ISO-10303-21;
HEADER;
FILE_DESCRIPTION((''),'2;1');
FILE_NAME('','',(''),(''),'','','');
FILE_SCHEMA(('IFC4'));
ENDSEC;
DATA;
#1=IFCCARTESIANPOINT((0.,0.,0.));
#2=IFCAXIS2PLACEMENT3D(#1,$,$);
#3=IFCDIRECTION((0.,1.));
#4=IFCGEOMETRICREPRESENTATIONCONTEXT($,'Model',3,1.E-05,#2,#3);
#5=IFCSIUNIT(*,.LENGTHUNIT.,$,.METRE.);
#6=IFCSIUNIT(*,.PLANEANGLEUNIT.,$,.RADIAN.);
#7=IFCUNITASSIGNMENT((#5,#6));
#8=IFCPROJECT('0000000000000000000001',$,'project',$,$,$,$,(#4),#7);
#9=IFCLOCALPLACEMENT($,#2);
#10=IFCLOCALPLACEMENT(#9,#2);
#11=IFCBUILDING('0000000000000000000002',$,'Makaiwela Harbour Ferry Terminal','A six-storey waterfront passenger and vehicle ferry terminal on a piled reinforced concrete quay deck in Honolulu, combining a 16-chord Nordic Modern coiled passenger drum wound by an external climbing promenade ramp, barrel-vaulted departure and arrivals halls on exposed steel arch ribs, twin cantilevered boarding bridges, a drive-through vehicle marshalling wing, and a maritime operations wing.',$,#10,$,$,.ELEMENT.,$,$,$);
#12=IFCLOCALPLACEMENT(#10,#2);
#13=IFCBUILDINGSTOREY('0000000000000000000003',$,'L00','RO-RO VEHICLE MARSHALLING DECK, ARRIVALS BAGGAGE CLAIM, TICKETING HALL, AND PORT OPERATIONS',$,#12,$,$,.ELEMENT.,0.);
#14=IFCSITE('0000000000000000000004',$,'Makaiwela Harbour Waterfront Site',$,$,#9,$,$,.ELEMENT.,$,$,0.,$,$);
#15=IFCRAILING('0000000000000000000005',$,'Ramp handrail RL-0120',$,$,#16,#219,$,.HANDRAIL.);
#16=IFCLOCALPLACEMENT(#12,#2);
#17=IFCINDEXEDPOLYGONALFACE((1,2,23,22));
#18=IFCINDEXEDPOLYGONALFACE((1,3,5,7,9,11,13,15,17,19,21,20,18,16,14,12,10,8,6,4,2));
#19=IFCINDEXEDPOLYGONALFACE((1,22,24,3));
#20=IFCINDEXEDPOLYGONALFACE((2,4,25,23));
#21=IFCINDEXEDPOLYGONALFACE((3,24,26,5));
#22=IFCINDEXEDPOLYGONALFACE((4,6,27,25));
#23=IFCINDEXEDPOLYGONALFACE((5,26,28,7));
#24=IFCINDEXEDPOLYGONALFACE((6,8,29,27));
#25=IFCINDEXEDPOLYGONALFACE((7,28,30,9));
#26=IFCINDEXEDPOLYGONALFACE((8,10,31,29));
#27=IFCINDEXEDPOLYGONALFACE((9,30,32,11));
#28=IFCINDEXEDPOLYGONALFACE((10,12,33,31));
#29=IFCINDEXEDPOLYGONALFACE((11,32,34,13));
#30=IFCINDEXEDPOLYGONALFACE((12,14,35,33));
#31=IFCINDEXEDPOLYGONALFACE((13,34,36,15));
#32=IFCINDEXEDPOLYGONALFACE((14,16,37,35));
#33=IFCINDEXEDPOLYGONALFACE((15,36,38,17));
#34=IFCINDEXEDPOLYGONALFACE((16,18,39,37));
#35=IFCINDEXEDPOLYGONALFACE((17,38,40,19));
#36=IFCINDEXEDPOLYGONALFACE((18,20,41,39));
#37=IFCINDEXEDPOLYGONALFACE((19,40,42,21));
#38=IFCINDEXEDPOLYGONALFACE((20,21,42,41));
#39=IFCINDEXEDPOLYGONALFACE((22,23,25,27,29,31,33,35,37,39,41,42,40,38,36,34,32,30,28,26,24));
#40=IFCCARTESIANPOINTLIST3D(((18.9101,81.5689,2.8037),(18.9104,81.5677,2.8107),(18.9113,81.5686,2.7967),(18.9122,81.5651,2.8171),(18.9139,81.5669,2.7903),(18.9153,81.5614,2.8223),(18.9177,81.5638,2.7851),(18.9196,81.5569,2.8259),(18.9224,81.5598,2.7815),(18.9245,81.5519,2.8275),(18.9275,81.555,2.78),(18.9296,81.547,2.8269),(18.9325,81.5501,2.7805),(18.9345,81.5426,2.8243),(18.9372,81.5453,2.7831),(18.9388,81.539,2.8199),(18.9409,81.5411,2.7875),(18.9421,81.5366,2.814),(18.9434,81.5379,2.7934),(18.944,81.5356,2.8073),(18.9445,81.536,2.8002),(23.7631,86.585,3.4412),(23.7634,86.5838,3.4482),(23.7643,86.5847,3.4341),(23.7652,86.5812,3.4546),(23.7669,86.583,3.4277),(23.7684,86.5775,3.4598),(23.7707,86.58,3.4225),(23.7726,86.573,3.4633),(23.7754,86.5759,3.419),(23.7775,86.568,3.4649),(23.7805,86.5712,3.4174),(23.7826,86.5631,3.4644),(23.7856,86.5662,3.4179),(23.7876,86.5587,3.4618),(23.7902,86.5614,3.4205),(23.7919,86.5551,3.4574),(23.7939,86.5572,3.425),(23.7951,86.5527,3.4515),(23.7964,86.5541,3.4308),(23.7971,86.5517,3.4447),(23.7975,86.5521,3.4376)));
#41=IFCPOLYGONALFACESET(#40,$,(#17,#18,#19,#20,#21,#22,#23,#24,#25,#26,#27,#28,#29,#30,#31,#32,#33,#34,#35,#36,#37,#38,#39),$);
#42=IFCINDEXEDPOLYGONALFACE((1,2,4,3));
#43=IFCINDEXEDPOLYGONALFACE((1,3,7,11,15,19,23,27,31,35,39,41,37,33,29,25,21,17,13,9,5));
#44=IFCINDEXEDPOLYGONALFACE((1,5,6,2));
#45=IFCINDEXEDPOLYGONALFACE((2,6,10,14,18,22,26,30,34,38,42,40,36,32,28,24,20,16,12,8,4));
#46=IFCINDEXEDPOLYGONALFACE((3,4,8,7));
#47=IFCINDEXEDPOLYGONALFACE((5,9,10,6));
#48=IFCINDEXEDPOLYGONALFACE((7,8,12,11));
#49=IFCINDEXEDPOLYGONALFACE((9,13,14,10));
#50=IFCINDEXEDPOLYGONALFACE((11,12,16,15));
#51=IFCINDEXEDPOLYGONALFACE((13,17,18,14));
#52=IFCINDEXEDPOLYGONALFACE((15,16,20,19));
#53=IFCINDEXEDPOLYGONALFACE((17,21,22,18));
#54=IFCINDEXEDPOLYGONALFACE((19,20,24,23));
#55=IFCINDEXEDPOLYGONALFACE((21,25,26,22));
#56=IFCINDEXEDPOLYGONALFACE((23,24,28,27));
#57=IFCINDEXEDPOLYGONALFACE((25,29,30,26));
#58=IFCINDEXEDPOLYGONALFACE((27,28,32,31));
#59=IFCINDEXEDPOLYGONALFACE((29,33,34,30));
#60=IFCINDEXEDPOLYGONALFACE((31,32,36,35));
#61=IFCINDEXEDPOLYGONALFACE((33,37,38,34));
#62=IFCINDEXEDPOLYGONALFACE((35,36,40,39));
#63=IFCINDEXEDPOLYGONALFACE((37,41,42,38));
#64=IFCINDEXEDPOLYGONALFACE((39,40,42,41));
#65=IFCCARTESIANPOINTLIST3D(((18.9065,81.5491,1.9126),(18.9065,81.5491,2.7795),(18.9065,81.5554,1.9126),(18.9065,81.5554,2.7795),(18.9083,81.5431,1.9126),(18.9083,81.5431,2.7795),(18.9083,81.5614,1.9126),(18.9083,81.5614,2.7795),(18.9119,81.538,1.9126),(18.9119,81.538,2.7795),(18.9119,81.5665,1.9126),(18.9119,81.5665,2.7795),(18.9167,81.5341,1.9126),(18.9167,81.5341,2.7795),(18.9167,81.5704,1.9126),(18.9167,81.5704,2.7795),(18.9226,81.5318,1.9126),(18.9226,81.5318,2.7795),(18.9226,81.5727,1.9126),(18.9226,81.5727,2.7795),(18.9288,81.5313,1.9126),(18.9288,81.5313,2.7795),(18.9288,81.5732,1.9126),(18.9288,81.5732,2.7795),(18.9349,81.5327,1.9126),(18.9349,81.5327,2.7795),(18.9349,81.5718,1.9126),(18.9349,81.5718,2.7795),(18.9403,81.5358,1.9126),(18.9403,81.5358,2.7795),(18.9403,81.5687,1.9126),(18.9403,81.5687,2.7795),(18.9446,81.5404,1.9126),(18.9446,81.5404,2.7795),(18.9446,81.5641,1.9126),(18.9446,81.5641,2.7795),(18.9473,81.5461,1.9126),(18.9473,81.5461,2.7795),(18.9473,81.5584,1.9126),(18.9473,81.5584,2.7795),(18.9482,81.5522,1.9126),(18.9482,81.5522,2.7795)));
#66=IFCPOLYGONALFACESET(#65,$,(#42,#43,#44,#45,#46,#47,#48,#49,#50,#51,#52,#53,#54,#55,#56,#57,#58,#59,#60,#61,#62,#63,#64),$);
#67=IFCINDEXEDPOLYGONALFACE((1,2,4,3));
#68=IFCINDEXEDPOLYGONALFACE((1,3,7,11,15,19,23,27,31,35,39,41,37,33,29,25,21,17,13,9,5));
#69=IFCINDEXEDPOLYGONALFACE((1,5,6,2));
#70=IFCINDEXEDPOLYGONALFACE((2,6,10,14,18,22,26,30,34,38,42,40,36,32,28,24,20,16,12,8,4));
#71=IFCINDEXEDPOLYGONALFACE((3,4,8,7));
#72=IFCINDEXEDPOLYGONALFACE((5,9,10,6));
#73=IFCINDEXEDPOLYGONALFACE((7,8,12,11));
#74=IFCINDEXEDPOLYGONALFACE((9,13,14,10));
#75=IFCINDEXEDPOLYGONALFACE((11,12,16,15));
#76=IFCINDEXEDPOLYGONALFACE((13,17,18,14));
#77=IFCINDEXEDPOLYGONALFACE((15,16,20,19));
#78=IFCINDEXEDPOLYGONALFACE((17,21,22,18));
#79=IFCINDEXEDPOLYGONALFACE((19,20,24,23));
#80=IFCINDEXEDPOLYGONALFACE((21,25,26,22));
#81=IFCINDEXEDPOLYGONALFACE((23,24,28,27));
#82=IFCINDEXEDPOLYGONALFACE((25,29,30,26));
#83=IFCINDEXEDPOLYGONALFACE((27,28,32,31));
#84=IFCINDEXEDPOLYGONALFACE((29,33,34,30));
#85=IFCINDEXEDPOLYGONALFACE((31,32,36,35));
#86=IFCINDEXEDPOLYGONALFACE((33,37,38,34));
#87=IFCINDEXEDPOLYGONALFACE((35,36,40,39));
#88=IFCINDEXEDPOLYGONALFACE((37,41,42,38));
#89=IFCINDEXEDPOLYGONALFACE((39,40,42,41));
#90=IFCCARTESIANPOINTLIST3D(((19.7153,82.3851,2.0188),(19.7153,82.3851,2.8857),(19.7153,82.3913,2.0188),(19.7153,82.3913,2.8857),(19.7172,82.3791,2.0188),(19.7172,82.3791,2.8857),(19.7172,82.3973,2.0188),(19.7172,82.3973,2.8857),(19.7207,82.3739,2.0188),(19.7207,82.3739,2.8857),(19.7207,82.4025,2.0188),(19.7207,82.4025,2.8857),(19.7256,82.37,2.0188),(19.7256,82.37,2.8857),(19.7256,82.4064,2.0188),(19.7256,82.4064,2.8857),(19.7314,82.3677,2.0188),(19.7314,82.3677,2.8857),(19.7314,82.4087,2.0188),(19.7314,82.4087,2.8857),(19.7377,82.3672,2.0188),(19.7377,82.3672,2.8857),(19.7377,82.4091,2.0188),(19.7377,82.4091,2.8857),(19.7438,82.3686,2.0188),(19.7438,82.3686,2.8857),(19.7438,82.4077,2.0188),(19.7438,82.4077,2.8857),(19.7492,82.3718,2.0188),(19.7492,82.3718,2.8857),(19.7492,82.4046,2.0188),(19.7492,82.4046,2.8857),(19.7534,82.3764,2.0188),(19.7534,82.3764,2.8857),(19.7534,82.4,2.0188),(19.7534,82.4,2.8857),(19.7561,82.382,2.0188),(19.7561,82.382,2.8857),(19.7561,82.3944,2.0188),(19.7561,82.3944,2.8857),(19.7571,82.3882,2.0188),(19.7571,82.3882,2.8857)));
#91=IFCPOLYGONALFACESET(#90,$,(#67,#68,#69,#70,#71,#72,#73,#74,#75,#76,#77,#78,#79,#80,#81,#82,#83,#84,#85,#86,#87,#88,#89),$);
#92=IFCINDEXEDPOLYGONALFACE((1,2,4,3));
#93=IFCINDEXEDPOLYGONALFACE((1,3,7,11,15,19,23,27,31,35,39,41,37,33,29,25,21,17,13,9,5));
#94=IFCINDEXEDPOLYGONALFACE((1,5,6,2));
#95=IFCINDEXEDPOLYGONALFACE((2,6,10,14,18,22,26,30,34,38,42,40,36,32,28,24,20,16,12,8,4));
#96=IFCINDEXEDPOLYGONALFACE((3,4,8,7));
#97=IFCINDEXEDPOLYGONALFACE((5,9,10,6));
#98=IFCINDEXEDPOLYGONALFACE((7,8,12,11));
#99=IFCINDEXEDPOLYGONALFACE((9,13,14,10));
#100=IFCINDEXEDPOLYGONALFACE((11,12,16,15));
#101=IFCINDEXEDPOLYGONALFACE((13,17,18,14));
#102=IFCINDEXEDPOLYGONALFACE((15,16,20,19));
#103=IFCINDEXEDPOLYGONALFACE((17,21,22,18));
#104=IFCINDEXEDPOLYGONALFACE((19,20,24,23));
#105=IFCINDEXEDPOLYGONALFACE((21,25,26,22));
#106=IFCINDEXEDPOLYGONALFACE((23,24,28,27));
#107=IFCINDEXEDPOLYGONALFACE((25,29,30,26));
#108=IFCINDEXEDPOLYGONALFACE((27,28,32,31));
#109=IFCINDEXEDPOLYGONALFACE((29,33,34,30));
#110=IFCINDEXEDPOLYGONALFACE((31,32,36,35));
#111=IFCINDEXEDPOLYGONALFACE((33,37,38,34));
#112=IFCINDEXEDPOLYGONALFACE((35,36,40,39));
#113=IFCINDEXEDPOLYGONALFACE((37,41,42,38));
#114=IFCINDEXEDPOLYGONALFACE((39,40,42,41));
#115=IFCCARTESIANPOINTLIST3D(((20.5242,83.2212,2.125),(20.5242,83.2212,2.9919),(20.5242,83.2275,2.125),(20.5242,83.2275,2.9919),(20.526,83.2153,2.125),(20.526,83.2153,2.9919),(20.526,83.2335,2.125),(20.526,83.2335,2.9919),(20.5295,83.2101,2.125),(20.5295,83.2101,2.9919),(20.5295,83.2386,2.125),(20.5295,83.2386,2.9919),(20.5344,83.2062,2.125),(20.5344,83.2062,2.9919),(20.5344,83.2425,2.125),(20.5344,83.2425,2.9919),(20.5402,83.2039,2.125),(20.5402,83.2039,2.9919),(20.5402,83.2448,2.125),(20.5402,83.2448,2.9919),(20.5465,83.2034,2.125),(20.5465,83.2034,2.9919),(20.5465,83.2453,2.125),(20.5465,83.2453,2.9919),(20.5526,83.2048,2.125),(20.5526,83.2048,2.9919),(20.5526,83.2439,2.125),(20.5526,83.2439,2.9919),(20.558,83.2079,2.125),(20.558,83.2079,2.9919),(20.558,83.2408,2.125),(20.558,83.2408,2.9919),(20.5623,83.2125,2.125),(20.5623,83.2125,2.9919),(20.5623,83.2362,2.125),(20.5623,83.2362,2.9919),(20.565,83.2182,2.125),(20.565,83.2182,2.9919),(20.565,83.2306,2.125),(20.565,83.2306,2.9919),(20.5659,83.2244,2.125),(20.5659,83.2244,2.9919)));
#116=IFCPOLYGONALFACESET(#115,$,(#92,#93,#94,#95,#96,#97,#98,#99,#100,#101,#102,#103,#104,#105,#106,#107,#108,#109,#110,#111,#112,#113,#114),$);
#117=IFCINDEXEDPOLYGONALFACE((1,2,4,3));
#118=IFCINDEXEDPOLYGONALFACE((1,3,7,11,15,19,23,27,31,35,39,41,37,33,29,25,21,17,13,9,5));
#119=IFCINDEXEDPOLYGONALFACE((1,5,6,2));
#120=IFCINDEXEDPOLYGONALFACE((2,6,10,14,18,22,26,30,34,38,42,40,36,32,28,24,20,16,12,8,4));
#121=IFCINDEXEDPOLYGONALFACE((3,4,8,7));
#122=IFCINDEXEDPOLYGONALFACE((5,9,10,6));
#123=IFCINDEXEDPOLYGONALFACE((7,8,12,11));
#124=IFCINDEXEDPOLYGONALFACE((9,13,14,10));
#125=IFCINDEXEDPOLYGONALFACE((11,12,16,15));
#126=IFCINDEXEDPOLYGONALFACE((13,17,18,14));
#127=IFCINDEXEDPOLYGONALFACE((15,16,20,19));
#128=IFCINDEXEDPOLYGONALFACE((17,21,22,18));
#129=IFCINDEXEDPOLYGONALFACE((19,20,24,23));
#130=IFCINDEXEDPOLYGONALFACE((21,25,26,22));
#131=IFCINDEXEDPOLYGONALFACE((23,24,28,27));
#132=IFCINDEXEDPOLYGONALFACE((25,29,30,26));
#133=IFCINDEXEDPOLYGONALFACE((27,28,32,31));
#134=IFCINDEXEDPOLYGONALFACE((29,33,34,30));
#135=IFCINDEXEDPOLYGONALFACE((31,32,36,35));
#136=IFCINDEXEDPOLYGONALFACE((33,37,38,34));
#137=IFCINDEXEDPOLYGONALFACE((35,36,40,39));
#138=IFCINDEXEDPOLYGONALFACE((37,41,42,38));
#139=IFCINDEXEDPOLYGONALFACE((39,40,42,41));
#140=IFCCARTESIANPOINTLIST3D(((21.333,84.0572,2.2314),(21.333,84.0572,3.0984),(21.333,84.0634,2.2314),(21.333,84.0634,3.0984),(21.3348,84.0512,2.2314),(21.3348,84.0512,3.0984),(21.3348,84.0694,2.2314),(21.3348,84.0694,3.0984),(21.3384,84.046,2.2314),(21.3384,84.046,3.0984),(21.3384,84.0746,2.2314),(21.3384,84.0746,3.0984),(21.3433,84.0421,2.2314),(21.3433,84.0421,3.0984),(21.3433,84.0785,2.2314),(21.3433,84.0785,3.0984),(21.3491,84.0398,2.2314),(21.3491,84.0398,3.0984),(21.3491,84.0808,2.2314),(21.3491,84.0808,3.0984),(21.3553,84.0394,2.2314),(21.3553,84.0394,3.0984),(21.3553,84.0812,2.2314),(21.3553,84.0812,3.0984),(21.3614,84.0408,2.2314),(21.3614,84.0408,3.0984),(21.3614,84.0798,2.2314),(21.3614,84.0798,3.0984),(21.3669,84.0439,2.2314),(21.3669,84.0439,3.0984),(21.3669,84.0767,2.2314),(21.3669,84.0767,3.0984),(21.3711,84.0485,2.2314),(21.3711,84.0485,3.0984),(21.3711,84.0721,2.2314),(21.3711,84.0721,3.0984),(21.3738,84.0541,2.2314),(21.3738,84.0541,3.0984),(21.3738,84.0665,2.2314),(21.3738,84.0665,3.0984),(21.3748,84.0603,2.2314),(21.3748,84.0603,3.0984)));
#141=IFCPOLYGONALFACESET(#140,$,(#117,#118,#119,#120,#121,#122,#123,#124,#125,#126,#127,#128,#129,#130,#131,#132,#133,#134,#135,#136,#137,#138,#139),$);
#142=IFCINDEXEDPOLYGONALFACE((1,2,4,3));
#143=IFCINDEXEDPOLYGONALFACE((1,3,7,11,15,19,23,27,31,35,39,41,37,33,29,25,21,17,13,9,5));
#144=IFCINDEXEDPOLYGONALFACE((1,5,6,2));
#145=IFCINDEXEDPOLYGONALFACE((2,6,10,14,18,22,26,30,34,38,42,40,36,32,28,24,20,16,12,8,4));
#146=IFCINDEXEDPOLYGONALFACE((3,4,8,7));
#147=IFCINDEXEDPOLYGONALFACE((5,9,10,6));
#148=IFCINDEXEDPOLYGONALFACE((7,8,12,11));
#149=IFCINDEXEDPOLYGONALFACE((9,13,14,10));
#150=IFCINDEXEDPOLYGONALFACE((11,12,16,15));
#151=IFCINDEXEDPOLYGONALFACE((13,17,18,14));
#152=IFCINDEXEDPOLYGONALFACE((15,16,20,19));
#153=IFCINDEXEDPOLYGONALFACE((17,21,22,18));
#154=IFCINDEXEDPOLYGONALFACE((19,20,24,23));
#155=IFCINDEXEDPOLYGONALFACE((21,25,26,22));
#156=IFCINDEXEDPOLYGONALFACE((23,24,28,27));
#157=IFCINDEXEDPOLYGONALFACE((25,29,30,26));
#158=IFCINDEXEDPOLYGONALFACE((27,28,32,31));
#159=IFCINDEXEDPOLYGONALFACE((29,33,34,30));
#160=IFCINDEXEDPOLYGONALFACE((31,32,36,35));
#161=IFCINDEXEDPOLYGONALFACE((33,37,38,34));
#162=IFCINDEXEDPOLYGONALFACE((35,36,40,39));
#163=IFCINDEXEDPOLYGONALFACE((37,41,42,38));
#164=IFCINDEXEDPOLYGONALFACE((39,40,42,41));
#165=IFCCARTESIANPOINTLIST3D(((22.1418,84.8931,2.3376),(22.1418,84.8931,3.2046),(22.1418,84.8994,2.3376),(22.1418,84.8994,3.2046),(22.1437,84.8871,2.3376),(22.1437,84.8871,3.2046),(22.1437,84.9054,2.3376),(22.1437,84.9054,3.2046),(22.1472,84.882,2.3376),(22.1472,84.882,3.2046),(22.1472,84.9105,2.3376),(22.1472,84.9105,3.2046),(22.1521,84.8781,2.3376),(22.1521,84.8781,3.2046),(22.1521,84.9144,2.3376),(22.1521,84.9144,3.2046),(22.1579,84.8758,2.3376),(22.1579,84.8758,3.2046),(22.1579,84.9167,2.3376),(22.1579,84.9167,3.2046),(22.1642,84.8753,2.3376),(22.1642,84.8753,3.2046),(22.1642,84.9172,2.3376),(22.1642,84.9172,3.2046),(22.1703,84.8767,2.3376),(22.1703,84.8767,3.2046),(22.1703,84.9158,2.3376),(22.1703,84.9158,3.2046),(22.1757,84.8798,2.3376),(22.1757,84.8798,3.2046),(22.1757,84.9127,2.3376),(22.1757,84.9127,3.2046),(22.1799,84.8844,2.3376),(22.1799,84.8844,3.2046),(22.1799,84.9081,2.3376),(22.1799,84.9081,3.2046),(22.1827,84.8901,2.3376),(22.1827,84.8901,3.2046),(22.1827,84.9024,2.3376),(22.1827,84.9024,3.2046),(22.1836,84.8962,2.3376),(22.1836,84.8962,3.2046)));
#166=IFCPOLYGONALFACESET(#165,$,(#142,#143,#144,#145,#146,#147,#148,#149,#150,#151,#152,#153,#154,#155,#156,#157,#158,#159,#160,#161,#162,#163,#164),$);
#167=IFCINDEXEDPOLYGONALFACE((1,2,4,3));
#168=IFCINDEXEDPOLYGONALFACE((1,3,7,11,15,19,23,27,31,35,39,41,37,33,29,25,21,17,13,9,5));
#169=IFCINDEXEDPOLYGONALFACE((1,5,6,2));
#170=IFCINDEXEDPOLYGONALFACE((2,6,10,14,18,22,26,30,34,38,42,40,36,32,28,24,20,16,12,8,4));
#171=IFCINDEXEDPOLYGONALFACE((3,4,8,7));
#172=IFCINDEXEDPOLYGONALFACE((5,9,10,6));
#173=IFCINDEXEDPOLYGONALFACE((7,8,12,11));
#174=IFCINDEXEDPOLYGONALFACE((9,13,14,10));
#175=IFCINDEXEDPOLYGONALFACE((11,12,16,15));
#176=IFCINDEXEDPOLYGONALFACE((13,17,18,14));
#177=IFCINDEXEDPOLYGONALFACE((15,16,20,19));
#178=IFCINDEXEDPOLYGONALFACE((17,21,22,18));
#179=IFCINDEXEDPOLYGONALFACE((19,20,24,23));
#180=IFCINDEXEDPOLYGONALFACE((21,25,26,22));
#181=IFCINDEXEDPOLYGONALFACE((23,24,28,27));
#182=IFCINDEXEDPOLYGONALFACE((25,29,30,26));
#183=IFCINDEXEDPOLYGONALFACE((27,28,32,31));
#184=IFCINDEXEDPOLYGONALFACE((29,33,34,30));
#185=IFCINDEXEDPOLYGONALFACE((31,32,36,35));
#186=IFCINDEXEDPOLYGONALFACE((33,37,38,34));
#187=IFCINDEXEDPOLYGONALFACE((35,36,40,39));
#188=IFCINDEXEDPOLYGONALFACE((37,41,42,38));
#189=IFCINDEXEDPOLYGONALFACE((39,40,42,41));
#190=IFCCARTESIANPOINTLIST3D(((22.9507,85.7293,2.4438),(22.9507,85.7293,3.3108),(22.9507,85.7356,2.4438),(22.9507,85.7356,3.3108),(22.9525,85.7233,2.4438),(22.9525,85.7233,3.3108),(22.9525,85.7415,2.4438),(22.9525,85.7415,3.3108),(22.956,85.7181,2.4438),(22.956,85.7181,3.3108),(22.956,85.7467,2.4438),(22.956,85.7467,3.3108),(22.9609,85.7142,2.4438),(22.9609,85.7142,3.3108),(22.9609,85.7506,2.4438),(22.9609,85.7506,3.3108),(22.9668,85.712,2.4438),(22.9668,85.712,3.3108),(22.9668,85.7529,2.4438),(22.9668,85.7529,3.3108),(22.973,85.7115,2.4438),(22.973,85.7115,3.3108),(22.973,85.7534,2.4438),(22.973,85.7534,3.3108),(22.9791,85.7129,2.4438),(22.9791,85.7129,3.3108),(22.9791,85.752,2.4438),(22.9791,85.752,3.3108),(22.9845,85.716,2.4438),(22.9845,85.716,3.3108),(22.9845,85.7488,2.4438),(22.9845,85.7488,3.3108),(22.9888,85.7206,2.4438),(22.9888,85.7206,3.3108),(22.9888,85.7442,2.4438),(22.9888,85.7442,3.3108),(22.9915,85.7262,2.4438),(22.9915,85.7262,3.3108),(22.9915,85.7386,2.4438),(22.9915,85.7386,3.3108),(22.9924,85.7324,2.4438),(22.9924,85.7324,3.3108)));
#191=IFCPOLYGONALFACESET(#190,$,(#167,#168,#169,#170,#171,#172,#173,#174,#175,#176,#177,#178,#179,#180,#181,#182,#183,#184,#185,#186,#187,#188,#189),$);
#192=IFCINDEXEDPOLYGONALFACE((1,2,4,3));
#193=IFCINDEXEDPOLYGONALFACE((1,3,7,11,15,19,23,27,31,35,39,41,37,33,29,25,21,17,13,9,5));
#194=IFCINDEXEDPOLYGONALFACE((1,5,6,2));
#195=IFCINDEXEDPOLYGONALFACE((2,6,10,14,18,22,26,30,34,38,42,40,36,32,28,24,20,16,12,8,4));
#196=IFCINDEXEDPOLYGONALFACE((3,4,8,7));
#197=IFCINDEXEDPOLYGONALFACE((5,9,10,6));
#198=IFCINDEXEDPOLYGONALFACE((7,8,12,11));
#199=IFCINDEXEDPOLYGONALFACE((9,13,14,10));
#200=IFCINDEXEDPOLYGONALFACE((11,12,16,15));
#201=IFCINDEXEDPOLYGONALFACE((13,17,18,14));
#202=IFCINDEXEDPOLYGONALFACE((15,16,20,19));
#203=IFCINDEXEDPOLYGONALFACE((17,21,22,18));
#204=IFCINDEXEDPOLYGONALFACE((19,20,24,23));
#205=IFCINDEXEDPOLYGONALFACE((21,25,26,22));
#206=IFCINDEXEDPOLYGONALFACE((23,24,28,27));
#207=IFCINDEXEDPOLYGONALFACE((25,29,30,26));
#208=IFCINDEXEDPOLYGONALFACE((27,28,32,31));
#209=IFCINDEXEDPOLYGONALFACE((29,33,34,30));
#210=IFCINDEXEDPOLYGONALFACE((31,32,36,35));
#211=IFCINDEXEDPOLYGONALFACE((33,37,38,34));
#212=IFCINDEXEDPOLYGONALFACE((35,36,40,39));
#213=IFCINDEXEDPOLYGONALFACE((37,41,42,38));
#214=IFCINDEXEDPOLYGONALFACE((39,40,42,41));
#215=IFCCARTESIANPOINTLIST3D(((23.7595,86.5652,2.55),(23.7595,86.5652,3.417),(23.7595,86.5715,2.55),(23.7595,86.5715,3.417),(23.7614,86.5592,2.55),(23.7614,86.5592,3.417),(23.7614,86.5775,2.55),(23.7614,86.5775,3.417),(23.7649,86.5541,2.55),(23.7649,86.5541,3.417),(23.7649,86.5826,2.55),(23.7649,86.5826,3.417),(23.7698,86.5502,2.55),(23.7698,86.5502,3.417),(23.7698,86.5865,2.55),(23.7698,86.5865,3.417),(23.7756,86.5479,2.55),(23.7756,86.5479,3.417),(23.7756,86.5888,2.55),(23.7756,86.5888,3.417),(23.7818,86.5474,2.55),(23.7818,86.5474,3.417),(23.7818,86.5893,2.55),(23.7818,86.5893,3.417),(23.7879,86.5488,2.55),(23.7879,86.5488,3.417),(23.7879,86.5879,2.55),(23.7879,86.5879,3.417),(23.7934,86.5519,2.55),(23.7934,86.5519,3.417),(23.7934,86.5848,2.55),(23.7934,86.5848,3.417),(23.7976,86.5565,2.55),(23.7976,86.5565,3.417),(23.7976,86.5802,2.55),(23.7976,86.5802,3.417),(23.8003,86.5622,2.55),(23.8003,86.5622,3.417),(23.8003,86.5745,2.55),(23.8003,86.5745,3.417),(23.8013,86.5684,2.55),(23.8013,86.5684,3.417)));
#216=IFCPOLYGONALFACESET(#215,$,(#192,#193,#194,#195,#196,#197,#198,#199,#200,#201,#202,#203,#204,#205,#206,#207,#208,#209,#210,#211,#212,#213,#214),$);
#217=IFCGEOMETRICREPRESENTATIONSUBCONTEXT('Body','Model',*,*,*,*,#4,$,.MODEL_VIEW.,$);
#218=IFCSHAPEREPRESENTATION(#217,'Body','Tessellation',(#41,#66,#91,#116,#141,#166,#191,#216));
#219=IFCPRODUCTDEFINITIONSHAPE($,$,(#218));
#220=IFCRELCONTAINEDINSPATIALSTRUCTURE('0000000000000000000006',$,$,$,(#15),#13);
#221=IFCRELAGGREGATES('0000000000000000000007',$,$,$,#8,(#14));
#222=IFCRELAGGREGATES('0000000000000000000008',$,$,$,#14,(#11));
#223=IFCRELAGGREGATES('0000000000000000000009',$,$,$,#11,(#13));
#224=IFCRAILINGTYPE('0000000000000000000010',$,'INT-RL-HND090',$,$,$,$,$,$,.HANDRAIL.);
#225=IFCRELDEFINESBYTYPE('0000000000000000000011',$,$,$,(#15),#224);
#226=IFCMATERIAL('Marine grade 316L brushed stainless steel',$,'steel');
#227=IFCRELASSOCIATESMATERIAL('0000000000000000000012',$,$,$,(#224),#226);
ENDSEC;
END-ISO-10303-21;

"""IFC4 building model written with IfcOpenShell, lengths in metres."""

from ifc_helpers import new_model, si_unit, direction, frame, origin, origin_2d, place, context, subcontext, project, spatial, circle, extrude, material, type_object, element, save


model = new_model("IFC4")

# Units and contexts
model_context = context("Model", 3, precision=1e-05, world=origin(), true_north=direction((0.0, 1.0)))
body_context = subcontext(model_context, "Body", "Model", "MODEL_VIEW")
ifc_project = project(units=[si_unit("LENGTHUNIT", "METRE"), si_unit("PLANEANGLEUNIT", "RADIAN")], contexts=[model_context])

# Site, building, storey
site_placement = place(None, origin())
site = spatial("IfcSite", under=ifc_project, at=site_placement, Name="Makaiwela Harbour Waterfront Site", CompositionType="ELEMENT", RefElevation=0.0)
building_placement = place(site_placement, origin())
building = spatial("IfcBuilding", under=site, at=building_placement, Name="Makaiwela Harbour Ferry Terminal", Description="A six-storey waterfront passenger and vehicle ferry terminal on a piled reinforced concrete quay deck in Honolulu, combining a 16-chord Nordic Modern coiled passenger drum wound by an external climbing promenade ramp, barrel-vaulted departure and arrivals halls on exposed steel arch ribs, twin cantilevered boarding bridges, a drive-through vehicle marshalling wing, and a maritime operations wing.", CompositionType="ELEMENT")
storey_placement = place(building_placement, origin())
storey = spatial("IfcBuildingStorey", under=building, at=storey_placement, Name="L00", Description="RO-RO VEHICLE MARSHALLING DECK, ARRIVALS BAGGAGE CLAIM, TICKETING HALL, AND PORT OPERATIONS", CompositionType="ELEMENT", Elevation=0.0)

# Railing
ifc_material_1 = material(Name="Marine grade 316L brushed stainless steel", Category="steel")
railing_type_1 = type_object("IfcRailingType", Name="INT-RL-HND090", PredefinedType="HANDRAIL", material=ifc_material_1)
railing_1_placement = place(storey_placement, frame((18.9272, 81.5522, 1.9126)))
element("IfcRailing", 1, at=railing_1_placement, inside=storey, type_object=railing_type_1, Name="Ramp handrail RL-0120", PredefinedType="HANDRAIL", context=body_context, shape_type="SweptSolid", body=[
    extrude(circle(Radius=0.0239, at=origin_2d()), frame((0.0, 0.0, 0.8911), z_axis=(0.692445, 0.715715, 0.090954), x_axis=(-0.718693, 0.695327, 0.0)), (0.0, 0.0, 1.0), 7.0085),
    extrude(circle(Radius=0.021, at=origin_2d()), origin(), (0.0, 0.0, 1.0), 0.8669),
    extrude(circle(Radius=0.021, at=origin_2d()), frame((0.8088, 0.8359, 0.1062)), (0.0, 0.0, 1.0), 0.8669),
    extrude(circle(Radius=0.021, at=origin_2d()), frame((1.6177, 1.6721, 0.2124)), (0.0, 0.0, 1.0), 0.8669),
    extrude(circle(Radius=0.021, at=origin_2d()), frame((2.4265, 2.5081, 0.3188)), (0.0, 0.0, 1.0), 0.8669),
    extrude(circle(Radius=0.021, at=origin_2d()), frame((3.2354, 3.344, 0.425)), (0.0, 0.0, 1.0), 0.8669),
    extrude(circle(Radius=0.021, at=origin_2d()), frame((4.0442, 4.1802, 0.5312)), (0.0, 0.0, 1.0), 0.8669),
    extrude(circle(Radius=0.021, at=origin_2d()), frame((4.853, 5.0161, 0.6375)), (0.0, 0.0, 1.0), 0.8669),
])

save(model, "model.ifc")
